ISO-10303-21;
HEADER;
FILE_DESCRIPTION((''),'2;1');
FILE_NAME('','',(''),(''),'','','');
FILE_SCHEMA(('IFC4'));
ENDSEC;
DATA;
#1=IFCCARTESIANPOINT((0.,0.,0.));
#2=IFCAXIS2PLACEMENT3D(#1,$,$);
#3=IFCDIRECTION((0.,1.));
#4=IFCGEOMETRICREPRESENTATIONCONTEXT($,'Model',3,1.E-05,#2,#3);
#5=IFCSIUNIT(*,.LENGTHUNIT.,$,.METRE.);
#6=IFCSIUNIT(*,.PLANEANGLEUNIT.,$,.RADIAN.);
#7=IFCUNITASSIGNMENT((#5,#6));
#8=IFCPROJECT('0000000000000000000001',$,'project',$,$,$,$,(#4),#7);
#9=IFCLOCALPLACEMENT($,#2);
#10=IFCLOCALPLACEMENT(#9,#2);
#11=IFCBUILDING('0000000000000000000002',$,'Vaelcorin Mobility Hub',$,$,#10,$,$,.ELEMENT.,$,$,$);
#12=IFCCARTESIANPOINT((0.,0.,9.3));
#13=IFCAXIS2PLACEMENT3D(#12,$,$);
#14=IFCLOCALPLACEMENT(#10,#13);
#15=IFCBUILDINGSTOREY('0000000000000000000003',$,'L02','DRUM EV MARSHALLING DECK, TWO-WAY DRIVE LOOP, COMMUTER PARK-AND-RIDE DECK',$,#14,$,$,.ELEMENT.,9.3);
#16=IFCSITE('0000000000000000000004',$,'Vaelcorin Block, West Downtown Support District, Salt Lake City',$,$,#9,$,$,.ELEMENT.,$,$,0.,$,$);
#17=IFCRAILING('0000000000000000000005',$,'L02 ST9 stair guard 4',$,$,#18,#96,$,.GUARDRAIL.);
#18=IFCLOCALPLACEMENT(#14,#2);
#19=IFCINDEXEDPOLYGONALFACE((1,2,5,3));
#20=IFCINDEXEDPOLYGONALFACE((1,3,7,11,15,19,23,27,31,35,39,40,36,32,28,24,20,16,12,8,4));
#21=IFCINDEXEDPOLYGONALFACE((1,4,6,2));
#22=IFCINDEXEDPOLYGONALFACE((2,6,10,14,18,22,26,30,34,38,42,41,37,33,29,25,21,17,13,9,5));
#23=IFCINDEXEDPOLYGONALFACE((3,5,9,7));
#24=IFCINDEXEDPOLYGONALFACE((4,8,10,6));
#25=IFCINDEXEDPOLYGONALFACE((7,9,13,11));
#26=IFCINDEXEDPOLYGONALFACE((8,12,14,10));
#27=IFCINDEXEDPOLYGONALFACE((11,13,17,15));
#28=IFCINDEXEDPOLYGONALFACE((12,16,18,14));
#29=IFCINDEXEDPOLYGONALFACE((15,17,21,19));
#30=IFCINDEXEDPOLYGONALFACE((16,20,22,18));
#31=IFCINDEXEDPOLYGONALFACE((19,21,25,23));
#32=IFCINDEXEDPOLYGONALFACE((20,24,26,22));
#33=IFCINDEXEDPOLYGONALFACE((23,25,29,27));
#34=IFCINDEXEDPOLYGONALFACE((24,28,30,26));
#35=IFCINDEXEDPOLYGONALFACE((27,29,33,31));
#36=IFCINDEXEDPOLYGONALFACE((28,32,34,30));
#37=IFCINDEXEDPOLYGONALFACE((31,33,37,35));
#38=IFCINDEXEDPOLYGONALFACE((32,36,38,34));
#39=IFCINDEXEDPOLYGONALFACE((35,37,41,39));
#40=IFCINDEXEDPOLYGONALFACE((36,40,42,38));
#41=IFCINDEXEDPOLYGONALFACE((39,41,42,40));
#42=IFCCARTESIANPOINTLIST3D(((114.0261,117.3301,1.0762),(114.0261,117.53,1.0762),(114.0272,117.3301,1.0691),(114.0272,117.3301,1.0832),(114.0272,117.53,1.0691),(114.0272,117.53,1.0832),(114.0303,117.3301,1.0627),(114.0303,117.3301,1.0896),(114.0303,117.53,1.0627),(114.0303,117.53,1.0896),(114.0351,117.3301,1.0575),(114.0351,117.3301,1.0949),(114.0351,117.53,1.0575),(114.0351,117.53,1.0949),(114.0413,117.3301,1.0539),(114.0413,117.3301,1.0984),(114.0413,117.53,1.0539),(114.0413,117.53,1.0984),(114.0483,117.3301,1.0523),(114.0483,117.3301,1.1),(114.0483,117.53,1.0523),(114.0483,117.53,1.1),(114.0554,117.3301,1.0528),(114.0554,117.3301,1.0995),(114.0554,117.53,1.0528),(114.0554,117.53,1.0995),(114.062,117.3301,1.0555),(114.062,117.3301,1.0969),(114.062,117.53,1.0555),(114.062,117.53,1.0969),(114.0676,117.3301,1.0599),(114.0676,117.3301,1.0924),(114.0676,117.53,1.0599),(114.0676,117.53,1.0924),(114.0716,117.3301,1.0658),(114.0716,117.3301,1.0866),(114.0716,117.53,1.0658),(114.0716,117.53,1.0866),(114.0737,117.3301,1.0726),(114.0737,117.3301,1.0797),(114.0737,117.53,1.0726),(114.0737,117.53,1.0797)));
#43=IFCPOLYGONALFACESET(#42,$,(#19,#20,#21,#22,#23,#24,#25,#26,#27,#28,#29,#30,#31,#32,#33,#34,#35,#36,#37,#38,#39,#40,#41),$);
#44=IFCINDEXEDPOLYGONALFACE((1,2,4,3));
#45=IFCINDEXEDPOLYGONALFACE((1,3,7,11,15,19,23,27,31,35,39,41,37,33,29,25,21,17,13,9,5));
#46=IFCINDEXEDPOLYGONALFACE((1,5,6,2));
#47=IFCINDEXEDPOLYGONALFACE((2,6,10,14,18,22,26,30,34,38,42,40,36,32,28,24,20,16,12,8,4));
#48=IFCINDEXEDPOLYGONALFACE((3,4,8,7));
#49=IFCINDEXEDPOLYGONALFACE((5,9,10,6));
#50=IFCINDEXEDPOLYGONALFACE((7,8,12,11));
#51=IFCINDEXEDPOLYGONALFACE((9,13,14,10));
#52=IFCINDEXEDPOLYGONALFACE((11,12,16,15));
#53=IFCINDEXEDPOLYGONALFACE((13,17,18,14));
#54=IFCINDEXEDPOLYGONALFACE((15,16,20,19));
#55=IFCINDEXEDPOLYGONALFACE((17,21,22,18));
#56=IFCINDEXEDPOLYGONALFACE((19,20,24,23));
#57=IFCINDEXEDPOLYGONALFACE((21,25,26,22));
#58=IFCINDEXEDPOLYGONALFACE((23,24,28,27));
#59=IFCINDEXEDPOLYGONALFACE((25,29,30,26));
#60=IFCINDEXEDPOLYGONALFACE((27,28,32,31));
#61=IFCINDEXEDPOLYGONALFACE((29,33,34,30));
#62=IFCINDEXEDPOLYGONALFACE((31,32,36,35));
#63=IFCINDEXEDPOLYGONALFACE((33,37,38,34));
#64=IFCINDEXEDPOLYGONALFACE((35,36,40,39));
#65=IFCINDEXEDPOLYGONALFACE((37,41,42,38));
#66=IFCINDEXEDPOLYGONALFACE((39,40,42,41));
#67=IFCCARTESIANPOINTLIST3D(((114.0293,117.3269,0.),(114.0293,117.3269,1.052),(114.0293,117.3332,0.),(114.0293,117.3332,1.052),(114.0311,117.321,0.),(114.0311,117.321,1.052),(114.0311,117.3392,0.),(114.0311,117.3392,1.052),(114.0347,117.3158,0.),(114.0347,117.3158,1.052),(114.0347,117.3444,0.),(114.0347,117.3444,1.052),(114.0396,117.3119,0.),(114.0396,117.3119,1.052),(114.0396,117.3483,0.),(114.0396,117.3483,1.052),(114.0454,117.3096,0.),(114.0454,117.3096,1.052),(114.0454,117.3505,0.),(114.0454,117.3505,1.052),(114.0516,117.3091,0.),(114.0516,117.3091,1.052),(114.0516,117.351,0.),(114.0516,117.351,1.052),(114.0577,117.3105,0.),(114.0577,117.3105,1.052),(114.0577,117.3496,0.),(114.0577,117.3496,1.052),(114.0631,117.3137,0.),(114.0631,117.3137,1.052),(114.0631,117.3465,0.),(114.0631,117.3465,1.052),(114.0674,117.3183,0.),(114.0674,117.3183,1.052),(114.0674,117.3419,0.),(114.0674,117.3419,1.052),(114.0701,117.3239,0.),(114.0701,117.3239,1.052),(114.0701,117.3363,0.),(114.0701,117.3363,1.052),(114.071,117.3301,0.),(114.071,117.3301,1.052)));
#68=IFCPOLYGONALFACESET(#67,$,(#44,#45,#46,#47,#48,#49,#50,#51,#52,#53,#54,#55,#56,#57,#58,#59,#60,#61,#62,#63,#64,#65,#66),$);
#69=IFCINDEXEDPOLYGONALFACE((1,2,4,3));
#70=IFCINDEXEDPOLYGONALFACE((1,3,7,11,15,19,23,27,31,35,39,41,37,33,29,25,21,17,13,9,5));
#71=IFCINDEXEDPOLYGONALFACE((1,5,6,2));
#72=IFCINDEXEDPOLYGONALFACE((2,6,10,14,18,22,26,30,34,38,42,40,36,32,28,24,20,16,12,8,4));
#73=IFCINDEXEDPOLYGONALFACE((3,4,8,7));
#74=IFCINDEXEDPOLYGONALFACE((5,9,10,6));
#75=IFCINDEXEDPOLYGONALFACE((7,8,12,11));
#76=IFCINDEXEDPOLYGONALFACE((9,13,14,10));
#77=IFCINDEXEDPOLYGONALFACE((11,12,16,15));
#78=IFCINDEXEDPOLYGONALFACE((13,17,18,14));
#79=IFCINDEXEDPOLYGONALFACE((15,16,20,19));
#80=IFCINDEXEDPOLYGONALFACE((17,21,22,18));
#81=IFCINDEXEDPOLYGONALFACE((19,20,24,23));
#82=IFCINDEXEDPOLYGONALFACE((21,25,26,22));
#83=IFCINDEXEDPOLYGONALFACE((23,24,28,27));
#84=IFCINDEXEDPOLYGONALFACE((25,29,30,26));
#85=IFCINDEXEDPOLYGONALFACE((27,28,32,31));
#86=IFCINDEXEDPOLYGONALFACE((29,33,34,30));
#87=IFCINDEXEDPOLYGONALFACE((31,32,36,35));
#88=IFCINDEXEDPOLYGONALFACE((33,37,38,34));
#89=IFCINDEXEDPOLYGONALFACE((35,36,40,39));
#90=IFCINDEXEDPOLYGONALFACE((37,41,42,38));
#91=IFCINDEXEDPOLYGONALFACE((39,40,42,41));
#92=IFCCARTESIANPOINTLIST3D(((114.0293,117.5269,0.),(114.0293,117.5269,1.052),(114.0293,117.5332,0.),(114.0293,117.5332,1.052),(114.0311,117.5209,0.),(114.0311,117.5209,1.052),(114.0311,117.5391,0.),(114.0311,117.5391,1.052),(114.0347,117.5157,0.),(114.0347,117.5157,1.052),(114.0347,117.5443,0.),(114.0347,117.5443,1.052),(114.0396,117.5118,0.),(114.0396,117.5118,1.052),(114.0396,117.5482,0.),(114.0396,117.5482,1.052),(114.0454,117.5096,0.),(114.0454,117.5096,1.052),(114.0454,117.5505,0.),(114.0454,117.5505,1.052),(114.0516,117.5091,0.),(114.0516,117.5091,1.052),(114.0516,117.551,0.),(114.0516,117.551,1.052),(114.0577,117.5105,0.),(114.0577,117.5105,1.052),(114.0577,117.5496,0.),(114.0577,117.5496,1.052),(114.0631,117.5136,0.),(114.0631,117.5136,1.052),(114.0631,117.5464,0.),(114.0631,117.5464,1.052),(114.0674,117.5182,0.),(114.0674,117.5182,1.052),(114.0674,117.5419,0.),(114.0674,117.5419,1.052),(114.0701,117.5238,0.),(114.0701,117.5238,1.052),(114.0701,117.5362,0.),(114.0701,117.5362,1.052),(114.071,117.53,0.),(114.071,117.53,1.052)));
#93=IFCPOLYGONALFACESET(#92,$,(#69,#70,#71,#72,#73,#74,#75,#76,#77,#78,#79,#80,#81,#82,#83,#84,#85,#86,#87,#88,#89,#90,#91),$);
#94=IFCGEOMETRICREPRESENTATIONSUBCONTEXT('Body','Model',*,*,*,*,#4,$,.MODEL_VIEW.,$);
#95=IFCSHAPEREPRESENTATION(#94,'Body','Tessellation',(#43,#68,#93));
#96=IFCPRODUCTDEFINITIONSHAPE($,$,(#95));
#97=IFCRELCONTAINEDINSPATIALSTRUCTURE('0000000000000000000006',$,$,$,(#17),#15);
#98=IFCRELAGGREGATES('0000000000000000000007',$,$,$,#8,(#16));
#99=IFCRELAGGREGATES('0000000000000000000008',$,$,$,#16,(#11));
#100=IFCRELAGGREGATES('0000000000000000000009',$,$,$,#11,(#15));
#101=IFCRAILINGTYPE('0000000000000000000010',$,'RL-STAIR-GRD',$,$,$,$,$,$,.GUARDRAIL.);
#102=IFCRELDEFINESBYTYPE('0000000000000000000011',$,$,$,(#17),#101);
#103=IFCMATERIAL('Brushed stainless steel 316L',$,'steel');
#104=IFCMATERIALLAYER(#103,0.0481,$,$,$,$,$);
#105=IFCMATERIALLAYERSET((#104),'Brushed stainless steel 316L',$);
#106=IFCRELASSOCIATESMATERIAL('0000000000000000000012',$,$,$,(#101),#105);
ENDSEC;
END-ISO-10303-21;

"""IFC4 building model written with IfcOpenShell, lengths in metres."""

from ifc_helpers import new_model, si_unit, direction, frame, origin, origin_2d, place, context, subcontext, project, spatial, circle, extrude, material, layer, layer_set, type_object, element, save


model = new_model("IFC4")

# Units and contexts
model_context = context("Model", 3, precision=1e-05, world=origin(), true_north=direction((0.0, 1.0)))
body_context = subcontext(model_context, "Body", "Model", "MODEL_VIEW")
ifc_project = project(units=[si_unit("LENGTHUNIT", "METRE"), si_unit("PLANEANGLEUNIT", "RADIAN")], contexts=[model_context])

# Site, building, storey
site_placement = place(None, origin())
site = spatial("IfcSite", under=ifc_project, at=site_placement, Name="Vaelcorin Block, West Downtown Support District, Salt Lake City", CompositionType="ELEMENT", RefElevation=0.0)
building_placement = place(site_placement, origin())
building = spatial("IfcBuilding", under=site, at=building_placement, Name="Vaelcorin Mobility Hub", CompositionType="ELEMENT")
storey_placement = place(building_placement, frame((0.0, 0.0, 9.3)))
storey = spatial("IfcBuildingStorey", under=building, at=storey_placement, Name="L02", Description="DRUM EV MARSHALLING DECK, TWO-WAY DRIVE LOOP, COMMUTER PARK-AND-RIDE DECK", CompositionType="ELEMENT", Elevation=9.3)

# Railing
ifc_material_1 = material(Name="Brushed stainless steel 316L", Category="steel")
ifc_layer_1 = layer(ifc_material_1, 0.0481)
ifc_layer_set_1 = layer_set([ifc_layer_1], Name="Brushed stainless steel 316L")
railing_type_1 = type_object("IfcRailingType", Name="RL-STAIR-GRD", PredefinedType="GUARDRAIL", material=ifc_layer_set_1)
railing_1_placement = place(storey_placement, frame((114.05, 117.3301, 0.0)))
element("IfcRailing", 1, at=railing_1_placement, inside=storey, type_object=railing_type_1, Name="L02 ST9 stair guard 4", PredefinedType="GUARDRAIL", context=body_context, shape_type="SweptSolid", body=[
    extrude(circle(Radius=0.0239, at=origin_2d()), frame((0.0, 0.0, 1.0762), z_axis=(0.0, 1.0, 0.0), x_axis=(-1.0, 0.0, 0.0)), (0.0, 0.0, 1.0), 0.2),
    extrude(circle(Radius=0.021, at=origin_2d()), origin(), (0.0, 0.0, 1.0), 1.052),
    extrude(circle(Radius=0.021, at=origin_2d()), frame((0.0, 0.2, 0.0)), (0.0, 0.0, 1.0), 1.052),
])

save(model, "model.ifc")
